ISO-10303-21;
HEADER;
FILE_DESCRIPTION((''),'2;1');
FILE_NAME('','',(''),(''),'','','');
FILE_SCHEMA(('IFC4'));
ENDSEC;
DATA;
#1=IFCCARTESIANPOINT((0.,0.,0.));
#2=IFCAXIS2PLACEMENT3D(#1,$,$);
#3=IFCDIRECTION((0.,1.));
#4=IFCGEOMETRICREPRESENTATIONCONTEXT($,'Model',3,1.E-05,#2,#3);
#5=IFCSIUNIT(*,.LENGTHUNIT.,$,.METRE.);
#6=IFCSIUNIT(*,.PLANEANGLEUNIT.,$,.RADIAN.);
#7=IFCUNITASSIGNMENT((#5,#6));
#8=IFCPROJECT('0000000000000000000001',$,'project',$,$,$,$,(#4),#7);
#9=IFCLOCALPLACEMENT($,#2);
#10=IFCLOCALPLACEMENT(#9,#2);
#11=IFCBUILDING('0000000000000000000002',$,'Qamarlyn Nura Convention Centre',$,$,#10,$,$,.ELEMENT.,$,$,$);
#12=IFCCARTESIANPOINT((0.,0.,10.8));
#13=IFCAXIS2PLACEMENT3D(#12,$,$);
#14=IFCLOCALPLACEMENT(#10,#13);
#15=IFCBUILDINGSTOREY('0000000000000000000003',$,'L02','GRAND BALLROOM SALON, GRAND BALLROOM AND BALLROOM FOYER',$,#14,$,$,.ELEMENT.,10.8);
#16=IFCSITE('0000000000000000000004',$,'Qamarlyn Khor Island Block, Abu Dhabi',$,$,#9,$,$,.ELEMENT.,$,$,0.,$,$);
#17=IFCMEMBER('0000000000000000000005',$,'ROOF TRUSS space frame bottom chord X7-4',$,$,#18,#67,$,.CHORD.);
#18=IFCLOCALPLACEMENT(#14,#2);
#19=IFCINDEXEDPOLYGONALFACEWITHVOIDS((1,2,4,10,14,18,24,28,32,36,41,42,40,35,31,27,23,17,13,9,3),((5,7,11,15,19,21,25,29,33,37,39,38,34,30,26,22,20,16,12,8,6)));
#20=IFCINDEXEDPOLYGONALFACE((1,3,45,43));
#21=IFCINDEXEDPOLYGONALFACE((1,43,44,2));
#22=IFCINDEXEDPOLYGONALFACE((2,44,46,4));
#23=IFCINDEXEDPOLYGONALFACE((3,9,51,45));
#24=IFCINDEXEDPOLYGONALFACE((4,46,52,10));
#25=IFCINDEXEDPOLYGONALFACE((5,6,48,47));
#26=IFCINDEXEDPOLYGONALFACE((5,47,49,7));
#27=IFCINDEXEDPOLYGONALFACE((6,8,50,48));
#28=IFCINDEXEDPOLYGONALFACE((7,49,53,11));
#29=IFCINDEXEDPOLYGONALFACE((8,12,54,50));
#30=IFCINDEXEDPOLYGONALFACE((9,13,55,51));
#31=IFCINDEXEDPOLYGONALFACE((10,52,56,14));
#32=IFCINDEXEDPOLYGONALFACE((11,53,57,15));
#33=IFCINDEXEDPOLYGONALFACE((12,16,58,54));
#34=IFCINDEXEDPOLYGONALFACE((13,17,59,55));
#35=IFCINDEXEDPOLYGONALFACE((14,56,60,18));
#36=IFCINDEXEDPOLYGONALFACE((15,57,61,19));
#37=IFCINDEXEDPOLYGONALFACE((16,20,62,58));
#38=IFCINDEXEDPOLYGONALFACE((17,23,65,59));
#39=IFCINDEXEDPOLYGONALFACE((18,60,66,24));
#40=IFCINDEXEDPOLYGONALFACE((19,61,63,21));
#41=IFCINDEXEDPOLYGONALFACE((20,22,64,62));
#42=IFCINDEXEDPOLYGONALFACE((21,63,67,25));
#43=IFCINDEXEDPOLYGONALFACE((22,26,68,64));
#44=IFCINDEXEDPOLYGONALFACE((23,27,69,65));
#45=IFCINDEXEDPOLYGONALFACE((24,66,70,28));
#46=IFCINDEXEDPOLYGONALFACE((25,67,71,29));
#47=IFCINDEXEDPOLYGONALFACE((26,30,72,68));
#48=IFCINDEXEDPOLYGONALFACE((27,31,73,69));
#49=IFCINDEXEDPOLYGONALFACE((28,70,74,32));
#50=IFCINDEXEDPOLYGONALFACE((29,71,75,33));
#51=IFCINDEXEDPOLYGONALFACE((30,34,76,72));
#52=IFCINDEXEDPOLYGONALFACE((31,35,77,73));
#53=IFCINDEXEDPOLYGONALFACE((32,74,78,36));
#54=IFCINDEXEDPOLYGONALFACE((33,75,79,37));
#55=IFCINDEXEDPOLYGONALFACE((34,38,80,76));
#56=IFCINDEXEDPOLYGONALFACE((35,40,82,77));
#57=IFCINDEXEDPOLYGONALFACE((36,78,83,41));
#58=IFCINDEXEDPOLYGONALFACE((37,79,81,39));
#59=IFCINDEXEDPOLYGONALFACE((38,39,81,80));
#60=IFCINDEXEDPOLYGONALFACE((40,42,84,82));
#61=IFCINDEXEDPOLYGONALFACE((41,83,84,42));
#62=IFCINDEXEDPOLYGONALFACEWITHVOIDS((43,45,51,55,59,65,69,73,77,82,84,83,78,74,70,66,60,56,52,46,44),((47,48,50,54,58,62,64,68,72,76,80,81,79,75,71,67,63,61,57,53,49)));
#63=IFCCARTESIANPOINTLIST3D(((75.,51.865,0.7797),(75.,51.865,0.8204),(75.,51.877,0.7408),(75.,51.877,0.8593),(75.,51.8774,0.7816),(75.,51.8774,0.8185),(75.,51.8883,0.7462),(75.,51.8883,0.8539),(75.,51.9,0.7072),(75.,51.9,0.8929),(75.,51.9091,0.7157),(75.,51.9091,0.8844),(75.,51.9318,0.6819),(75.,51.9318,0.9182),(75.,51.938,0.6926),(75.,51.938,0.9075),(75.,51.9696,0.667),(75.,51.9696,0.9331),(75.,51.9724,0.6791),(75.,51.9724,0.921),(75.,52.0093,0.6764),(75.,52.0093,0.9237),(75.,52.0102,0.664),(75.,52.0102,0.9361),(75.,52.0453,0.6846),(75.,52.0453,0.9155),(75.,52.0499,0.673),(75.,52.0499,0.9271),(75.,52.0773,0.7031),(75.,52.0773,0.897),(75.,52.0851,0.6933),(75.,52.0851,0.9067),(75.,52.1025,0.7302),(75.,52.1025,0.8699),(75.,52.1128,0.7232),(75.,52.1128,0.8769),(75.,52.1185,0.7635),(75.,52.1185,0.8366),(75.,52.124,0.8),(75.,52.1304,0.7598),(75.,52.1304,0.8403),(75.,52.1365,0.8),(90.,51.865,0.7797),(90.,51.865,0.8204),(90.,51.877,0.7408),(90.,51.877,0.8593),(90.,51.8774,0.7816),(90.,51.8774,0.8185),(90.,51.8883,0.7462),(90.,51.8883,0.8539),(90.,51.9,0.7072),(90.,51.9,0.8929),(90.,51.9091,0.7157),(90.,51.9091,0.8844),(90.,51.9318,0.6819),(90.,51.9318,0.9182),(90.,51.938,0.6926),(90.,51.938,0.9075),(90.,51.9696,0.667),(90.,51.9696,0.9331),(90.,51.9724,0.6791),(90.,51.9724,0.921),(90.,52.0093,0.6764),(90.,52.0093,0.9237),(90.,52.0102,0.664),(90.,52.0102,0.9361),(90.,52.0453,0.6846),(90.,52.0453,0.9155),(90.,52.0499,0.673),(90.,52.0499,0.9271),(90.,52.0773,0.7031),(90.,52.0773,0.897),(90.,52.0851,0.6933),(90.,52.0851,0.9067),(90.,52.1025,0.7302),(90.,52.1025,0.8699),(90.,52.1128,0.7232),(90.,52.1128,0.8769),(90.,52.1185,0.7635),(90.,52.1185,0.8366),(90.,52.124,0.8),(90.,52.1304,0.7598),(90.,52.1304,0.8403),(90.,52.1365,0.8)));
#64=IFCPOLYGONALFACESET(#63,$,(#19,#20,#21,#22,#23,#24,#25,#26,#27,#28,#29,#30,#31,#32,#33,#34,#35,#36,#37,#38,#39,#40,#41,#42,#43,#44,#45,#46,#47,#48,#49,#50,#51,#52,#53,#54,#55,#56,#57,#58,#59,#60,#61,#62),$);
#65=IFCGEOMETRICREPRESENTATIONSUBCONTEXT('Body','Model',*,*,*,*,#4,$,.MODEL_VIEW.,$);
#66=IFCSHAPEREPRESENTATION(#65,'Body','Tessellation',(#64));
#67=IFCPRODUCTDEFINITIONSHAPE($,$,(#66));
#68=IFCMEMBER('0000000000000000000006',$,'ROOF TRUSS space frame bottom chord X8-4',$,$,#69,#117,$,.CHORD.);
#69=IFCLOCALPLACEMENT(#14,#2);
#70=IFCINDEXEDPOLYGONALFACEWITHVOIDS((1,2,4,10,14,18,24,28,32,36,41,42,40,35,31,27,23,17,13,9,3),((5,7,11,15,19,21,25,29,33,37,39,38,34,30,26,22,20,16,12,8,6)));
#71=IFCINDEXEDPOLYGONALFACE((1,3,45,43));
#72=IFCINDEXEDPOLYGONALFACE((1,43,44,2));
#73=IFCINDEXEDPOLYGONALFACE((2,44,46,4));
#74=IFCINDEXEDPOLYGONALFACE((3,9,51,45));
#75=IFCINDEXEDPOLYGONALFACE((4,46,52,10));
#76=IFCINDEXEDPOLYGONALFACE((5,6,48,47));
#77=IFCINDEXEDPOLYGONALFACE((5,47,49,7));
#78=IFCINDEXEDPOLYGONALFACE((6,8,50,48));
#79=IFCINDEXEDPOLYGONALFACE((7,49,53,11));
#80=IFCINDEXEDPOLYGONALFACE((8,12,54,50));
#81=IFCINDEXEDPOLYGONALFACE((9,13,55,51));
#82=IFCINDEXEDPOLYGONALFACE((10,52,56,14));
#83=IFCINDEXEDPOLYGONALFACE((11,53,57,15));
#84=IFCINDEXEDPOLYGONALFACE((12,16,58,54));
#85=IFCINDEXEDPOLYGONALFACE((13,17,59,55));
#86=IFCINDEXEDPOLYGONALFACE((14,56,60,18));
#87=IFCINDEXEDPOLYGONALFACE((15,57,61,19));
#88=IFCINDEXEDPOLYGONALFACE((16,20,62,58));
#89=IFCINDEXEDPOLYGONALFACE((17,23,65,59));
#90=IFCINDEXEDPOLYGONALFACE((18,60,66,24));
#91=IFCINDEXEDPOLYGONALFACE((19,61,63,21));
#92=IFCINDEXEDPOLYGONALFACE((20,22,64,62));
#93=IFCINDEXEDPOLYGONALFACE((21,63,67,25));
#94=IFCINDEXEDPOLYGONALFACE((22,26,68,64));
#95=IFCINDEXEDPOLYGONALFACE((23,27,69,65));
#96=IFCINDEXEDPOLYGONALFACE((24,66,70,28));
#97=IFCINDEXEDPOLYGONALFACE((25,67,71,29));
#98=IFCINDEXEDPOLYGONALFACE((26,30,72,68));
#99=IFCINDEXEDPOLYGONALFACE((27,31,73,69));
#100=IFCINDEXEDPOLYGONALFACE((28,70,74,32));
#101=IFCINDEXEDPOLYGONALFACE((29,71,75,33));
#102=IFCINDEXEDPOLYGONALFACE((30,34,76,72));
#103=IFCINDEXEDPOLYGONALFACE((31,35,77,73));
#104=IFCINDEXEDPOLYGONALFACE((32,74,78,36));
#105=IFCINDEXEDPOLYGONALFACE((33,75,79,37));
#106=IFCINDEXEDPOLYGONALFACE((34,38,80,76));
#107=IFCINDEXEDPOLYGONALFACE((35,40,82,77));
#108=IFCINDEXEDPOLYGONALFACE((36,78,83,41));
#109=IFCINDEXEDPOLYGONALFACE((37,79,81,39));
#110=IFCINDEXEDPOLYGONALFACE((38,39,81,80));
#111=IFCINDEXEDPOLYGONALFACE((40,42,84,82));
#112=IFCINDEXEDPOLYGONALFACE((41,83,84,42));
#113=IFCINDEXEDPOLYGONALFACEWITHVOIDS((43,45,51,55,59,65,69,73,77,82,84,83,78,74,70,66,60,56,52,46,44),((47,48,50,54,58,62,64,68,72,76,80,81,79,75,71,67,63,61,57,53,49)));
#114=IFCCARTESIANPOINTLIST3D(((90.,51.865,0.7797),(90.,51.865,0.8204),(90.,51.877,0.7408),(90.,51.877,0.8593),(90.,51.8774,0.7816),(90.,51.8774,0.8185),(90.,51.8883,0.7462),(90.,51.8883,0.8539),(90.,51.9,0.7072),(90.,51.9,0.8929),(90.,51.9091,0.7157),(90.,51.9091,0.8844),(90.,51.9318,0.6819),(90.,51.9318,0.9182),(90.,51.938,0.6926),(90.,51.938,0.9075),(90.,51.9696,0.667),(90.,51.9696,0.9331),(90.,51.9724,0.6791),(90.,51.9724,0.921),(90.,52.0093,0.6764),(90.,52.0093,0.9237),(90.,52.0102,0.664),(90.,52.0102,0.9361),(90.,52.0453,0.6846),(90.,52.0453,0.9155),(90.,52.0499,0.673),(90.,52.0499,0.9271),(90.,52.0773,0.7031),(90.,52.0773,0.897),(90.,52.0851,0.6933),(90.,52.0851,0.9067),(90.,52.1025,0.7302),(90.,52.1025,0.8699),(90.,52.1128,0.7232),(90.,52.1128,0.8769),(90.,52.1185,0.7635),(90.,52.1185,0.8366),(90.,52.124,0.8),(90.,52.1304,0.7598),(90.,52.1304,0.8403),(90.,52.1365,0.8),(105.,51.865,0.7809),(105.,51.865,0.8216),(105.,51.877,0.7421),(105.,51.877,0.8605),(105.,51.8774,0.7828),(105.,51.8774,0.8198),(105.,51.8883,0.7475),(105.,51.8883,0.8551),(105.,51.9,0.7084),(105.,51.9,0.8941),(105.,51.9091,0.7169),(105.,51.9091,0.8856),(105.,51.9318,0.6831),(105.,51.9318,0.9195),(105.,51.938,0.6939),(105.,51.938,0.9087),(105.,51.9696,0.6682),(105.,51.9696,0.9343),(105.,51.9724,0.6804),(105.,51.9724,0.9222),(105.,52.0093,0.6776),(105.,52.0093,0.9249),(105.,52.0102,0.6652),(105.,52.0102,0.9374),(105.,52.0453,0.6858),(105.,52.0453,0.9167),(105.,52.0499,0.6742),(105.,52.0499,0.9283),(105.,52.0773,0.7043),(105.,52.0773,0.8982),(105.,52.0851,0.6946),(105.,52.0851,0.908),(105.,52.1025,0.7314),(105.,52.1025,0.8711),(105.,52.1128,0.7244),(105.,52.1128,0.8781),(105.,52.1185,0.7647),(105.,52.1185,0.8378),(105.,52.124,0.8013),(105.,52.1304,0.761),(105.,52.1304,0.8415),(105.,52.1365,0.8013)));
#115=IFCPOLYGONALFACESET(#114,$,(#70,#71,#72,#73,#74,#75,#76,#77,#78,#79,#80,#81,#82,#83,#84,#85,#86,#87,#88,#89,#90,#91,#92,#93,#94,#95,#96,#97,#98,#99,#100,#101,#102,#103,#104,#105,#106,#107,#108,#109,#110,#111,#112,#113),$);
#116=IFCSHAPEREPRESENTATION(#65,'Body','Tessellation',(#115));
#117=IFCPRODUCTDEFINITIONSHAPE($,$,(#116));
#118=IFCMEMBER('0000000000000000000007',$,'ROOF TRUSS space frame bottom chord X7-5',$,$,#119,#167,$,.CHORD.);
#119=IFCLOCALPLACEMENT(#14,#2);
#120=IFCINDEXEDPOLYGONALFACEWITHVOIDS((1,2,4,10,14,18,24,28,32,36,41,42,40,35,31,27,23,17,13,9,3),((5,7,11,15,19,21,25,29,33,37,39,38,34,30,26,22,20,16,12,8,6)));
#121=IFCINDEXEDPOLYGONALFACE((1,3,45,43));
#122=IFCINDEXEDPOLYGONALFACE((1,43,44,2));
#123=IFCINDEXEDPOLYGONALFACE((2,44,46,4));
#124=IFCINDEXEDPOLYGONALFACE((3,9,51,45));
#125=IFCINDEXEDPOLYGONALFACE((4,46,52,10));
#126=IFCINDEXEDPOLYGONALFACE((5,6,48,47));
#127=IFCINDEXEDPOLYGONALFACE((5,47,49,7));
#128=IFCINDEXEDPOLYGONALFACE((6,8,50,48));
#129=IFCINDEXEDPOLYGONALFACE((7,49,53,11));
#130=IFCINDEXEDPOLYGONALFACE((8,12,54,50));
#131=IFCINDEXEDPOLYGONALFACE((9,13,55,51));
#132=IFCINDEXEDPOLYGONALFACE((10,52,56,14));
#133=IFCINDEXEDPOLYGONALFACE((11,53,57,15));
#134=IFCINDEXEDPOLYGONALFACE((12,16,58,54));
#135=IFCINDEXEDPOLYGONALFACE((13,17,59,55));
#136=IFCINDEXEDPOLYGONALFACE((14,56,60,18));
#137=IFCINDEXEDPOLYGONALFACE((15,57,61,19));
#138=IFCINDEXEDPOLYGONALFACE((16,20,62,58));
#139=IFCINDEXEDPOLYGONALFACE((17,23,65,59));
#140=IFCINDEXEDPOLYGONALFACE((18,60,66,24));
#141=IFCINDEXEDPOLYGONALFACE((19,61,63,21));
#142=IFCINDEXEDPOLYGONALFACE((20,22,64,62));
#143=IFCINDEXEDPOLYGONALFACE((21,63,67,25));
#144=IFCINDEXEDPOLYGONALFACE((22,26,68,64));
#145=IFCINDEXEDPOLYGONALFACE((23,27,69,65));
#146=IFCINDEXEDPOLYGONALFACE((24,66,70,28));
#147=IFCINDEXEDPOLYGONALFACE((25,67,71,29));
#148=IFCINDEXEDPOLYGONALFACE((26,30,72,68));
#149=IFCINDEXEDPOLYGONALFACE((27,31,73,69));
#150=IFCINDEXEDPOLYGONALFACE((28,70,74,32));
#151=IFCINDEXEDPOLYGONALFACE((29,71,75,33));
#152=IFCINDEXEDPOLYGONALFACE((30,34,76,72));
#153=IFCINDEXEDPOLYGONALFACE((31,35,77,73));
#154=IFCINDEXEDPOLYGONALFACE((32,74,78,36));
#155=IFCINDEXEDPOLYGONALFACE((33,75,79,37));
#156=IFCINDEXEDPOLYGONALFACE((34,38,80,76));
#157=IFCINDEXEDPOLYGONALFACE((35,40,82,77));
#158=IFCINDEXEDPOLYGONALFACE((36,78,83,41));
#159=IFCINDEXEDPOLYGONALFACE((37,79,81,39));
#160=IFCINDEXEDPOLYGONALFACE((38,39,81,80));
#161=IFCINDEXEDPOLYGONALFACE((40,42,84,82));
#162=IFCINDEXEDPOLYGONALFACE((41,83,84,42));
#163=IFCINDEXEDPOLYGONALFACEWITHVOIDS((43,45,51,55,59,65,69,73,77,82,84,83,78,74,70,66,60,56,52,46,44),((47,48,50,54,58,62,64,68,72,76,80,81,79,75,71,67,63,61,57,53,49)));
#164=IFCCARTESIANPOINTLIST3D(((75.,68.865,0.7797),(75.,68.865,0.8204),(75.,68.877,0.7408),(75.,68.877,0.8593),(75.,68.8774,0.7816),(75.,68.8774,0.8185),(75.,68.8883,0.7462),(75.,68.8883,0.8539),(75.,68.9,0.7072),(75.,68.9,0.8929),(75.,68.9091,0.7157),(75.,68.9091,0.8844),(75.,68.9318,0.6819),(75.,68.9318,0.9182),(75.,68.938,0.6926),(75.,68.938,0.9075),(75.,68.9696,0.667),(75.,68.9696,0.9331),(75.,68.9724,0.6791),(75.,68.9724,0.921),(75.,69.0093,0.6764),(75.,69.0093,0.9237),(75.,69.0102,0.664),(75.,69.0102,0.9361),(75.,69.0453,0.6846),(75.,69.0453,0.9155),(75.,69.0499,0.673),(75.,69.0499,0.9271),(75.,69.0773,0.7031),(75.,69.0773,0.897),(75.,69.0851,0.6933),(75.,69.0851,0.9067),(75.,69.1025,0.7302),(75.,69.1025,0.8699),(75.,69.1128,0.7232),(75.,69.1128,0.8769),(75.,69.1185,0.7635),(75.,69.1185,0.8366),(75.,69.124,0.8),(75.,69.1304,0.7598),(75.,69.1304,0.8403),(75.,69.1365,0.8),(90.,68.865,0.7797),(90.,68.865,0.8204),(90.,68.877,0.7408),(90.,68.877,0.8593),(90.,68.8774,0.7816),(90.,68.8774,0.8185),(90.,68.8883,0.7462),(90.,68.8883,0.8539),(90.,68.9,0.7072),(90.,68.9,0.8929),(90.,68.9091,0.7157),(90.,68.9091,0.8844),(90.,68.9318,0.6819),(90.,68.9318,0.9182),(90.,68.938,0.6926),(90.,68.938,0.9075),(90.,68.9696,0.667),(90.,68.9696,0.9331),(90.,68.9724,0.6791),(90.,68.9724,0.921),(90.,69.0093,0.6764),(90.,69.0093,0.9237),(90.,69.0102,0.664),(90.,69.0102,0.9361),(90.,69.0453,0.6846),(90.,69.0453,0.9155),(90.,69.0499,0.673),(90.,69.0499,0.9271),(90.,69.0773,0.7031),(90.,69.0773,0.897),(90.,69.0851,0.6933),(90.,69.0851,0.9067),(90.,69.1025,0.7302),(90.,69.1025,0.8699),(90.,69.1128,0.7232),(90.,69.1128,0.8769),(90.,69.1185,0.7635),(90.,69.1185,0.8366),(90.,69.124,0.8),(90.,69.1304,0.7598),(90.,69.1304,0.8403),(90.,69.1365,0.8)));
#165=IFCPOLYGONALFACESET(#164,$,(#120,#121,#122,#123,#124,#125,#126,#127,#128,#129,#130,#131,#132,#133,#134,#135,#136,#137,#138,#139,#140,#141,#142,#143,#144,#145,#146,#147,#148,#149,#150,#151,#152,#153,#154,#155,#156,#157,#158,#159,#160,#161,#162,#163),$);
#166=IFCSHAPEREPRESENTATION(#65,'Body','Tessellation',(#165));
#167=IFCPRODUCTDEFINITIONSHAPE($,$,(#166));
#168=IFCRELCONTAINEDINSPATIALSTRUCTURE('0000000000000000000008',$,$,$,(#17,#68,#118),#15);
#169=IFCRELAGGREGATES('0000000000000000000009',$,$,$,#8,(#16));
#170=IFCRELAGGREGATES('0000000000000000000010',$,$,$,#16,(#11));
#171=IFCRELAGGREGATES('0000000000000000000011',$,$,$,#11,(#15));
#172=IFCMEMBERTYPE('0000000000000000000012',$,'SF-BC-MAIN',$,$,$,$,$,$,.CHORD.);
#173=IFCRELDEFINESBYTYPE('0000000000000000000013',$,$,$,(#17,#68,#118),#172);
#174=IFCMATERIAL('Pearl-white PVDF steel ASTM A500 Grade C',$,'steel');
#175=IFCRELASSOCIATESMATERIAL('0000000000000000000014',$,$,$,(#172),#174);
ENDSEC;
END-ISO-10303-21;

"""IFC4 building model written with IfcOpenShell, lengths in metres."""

from ifc_helpers import new_model, si_unit, direction, frame, origin, origin_2d, place, context, subcontext, project, spatial, hollow_circle, extrude, material, material_profile, profile_set, type_object, element, save


model = new_model("IFC4")

# Units and contexts
model_context = context("Model", 3, precision=1e-05, world=origin(), true_north=direction((0.0, 1.0)))
body_context = subcontext(model_context, "Body", "Model", "MODEL_VIEW")
ifc_project = project(units=[si_unit("LENGTHUNIT", "METRE"), si_unit("PLANEANGLEUNIT", "RADIAN")], contexts=[model_context])

# Site, building, storey
site_placement = place(None, origin())
site = spatial("IfcSite", under=ifc_project, at=site_placement, Name="Qamarlyn Khor Island Block, Abu Dhabi", CompositionType="ELEMENT", RefElevation=0.0)
building_placement = place(site_placement, origin())
building = spatial("IfcBuilding", under=site, at=building_placement, Name="Qamarlyn Nura Convention Centre", CompositionType="ELEMENT")
storey_placement = place(building_placement, frame((0.0, 0.0, 10.8)))
storey = spatial("IfcBuildingStorey", under=building, at=storey_placement, Name="L02", Description="GRAND BALLROOM SALON, GRAND BALLROOM AND BALLROOM FOYER", CompositionType="ELEMENT", Elevation=10.8)

# Members
ifc_material_1 = material(Name="Pearl-white PVDF steel ASTM A500 Grade C", Category="steel")
ifc_material_profile_1 = material_profile(ifc_material_1, hollow_circle(Radius=0.1365, WallThickness=0.0125, at=origin_2d()), Name="CHS273X12.5")
ifc_profile_set_1 = profile_set([ifc_material_profile_1], Name="Pearl-white PVDF steel ASTM A500 Grade C")
member_type_1 = type_object("IfcMemberType", Name="SF-BC-MAIN", PredefinedType="CHORD", material=ifc_profile_set_1)
for number, where, z_axis, x_axis, name in (
    (1, (75.0, 52.0, 0.8), (1.0, 0.0, 0.0), (0.0, 1.0, 0.0), "ROOF TRUSS space frame bottom chord X7-4"),
    (2, (90.0, 52.0, 0.8), (1.0, 0.0, 0.000081), (0.0, 1.0, 0.0), "ROOF TRUSS space frame bottom chord X8-4"),
    (3, (75.0, 69.0, 0.8), (1.0, 0.0, 0.0), (0.0, 1.0, 0.0), "ROOF TRUSS space frame bottom chord X7-5"),
):
    element("IfcMember", number, at=place(storey_placement, frame(where, z_axis=z_axis, x_axis=x_axis)), inside=storey, type_object=member_type_1, Name=name, PredefinedType="CHORD", context=body_context, shape_type="SweptSolid", body=[
        extrude(hollow_circle(Radius=0.1365, WallThickness=0.0125, at=origin_2d()), origin(), (0.0, 0.0, 1.0), 15.0),
    ])

save(model, "model.ifc")
